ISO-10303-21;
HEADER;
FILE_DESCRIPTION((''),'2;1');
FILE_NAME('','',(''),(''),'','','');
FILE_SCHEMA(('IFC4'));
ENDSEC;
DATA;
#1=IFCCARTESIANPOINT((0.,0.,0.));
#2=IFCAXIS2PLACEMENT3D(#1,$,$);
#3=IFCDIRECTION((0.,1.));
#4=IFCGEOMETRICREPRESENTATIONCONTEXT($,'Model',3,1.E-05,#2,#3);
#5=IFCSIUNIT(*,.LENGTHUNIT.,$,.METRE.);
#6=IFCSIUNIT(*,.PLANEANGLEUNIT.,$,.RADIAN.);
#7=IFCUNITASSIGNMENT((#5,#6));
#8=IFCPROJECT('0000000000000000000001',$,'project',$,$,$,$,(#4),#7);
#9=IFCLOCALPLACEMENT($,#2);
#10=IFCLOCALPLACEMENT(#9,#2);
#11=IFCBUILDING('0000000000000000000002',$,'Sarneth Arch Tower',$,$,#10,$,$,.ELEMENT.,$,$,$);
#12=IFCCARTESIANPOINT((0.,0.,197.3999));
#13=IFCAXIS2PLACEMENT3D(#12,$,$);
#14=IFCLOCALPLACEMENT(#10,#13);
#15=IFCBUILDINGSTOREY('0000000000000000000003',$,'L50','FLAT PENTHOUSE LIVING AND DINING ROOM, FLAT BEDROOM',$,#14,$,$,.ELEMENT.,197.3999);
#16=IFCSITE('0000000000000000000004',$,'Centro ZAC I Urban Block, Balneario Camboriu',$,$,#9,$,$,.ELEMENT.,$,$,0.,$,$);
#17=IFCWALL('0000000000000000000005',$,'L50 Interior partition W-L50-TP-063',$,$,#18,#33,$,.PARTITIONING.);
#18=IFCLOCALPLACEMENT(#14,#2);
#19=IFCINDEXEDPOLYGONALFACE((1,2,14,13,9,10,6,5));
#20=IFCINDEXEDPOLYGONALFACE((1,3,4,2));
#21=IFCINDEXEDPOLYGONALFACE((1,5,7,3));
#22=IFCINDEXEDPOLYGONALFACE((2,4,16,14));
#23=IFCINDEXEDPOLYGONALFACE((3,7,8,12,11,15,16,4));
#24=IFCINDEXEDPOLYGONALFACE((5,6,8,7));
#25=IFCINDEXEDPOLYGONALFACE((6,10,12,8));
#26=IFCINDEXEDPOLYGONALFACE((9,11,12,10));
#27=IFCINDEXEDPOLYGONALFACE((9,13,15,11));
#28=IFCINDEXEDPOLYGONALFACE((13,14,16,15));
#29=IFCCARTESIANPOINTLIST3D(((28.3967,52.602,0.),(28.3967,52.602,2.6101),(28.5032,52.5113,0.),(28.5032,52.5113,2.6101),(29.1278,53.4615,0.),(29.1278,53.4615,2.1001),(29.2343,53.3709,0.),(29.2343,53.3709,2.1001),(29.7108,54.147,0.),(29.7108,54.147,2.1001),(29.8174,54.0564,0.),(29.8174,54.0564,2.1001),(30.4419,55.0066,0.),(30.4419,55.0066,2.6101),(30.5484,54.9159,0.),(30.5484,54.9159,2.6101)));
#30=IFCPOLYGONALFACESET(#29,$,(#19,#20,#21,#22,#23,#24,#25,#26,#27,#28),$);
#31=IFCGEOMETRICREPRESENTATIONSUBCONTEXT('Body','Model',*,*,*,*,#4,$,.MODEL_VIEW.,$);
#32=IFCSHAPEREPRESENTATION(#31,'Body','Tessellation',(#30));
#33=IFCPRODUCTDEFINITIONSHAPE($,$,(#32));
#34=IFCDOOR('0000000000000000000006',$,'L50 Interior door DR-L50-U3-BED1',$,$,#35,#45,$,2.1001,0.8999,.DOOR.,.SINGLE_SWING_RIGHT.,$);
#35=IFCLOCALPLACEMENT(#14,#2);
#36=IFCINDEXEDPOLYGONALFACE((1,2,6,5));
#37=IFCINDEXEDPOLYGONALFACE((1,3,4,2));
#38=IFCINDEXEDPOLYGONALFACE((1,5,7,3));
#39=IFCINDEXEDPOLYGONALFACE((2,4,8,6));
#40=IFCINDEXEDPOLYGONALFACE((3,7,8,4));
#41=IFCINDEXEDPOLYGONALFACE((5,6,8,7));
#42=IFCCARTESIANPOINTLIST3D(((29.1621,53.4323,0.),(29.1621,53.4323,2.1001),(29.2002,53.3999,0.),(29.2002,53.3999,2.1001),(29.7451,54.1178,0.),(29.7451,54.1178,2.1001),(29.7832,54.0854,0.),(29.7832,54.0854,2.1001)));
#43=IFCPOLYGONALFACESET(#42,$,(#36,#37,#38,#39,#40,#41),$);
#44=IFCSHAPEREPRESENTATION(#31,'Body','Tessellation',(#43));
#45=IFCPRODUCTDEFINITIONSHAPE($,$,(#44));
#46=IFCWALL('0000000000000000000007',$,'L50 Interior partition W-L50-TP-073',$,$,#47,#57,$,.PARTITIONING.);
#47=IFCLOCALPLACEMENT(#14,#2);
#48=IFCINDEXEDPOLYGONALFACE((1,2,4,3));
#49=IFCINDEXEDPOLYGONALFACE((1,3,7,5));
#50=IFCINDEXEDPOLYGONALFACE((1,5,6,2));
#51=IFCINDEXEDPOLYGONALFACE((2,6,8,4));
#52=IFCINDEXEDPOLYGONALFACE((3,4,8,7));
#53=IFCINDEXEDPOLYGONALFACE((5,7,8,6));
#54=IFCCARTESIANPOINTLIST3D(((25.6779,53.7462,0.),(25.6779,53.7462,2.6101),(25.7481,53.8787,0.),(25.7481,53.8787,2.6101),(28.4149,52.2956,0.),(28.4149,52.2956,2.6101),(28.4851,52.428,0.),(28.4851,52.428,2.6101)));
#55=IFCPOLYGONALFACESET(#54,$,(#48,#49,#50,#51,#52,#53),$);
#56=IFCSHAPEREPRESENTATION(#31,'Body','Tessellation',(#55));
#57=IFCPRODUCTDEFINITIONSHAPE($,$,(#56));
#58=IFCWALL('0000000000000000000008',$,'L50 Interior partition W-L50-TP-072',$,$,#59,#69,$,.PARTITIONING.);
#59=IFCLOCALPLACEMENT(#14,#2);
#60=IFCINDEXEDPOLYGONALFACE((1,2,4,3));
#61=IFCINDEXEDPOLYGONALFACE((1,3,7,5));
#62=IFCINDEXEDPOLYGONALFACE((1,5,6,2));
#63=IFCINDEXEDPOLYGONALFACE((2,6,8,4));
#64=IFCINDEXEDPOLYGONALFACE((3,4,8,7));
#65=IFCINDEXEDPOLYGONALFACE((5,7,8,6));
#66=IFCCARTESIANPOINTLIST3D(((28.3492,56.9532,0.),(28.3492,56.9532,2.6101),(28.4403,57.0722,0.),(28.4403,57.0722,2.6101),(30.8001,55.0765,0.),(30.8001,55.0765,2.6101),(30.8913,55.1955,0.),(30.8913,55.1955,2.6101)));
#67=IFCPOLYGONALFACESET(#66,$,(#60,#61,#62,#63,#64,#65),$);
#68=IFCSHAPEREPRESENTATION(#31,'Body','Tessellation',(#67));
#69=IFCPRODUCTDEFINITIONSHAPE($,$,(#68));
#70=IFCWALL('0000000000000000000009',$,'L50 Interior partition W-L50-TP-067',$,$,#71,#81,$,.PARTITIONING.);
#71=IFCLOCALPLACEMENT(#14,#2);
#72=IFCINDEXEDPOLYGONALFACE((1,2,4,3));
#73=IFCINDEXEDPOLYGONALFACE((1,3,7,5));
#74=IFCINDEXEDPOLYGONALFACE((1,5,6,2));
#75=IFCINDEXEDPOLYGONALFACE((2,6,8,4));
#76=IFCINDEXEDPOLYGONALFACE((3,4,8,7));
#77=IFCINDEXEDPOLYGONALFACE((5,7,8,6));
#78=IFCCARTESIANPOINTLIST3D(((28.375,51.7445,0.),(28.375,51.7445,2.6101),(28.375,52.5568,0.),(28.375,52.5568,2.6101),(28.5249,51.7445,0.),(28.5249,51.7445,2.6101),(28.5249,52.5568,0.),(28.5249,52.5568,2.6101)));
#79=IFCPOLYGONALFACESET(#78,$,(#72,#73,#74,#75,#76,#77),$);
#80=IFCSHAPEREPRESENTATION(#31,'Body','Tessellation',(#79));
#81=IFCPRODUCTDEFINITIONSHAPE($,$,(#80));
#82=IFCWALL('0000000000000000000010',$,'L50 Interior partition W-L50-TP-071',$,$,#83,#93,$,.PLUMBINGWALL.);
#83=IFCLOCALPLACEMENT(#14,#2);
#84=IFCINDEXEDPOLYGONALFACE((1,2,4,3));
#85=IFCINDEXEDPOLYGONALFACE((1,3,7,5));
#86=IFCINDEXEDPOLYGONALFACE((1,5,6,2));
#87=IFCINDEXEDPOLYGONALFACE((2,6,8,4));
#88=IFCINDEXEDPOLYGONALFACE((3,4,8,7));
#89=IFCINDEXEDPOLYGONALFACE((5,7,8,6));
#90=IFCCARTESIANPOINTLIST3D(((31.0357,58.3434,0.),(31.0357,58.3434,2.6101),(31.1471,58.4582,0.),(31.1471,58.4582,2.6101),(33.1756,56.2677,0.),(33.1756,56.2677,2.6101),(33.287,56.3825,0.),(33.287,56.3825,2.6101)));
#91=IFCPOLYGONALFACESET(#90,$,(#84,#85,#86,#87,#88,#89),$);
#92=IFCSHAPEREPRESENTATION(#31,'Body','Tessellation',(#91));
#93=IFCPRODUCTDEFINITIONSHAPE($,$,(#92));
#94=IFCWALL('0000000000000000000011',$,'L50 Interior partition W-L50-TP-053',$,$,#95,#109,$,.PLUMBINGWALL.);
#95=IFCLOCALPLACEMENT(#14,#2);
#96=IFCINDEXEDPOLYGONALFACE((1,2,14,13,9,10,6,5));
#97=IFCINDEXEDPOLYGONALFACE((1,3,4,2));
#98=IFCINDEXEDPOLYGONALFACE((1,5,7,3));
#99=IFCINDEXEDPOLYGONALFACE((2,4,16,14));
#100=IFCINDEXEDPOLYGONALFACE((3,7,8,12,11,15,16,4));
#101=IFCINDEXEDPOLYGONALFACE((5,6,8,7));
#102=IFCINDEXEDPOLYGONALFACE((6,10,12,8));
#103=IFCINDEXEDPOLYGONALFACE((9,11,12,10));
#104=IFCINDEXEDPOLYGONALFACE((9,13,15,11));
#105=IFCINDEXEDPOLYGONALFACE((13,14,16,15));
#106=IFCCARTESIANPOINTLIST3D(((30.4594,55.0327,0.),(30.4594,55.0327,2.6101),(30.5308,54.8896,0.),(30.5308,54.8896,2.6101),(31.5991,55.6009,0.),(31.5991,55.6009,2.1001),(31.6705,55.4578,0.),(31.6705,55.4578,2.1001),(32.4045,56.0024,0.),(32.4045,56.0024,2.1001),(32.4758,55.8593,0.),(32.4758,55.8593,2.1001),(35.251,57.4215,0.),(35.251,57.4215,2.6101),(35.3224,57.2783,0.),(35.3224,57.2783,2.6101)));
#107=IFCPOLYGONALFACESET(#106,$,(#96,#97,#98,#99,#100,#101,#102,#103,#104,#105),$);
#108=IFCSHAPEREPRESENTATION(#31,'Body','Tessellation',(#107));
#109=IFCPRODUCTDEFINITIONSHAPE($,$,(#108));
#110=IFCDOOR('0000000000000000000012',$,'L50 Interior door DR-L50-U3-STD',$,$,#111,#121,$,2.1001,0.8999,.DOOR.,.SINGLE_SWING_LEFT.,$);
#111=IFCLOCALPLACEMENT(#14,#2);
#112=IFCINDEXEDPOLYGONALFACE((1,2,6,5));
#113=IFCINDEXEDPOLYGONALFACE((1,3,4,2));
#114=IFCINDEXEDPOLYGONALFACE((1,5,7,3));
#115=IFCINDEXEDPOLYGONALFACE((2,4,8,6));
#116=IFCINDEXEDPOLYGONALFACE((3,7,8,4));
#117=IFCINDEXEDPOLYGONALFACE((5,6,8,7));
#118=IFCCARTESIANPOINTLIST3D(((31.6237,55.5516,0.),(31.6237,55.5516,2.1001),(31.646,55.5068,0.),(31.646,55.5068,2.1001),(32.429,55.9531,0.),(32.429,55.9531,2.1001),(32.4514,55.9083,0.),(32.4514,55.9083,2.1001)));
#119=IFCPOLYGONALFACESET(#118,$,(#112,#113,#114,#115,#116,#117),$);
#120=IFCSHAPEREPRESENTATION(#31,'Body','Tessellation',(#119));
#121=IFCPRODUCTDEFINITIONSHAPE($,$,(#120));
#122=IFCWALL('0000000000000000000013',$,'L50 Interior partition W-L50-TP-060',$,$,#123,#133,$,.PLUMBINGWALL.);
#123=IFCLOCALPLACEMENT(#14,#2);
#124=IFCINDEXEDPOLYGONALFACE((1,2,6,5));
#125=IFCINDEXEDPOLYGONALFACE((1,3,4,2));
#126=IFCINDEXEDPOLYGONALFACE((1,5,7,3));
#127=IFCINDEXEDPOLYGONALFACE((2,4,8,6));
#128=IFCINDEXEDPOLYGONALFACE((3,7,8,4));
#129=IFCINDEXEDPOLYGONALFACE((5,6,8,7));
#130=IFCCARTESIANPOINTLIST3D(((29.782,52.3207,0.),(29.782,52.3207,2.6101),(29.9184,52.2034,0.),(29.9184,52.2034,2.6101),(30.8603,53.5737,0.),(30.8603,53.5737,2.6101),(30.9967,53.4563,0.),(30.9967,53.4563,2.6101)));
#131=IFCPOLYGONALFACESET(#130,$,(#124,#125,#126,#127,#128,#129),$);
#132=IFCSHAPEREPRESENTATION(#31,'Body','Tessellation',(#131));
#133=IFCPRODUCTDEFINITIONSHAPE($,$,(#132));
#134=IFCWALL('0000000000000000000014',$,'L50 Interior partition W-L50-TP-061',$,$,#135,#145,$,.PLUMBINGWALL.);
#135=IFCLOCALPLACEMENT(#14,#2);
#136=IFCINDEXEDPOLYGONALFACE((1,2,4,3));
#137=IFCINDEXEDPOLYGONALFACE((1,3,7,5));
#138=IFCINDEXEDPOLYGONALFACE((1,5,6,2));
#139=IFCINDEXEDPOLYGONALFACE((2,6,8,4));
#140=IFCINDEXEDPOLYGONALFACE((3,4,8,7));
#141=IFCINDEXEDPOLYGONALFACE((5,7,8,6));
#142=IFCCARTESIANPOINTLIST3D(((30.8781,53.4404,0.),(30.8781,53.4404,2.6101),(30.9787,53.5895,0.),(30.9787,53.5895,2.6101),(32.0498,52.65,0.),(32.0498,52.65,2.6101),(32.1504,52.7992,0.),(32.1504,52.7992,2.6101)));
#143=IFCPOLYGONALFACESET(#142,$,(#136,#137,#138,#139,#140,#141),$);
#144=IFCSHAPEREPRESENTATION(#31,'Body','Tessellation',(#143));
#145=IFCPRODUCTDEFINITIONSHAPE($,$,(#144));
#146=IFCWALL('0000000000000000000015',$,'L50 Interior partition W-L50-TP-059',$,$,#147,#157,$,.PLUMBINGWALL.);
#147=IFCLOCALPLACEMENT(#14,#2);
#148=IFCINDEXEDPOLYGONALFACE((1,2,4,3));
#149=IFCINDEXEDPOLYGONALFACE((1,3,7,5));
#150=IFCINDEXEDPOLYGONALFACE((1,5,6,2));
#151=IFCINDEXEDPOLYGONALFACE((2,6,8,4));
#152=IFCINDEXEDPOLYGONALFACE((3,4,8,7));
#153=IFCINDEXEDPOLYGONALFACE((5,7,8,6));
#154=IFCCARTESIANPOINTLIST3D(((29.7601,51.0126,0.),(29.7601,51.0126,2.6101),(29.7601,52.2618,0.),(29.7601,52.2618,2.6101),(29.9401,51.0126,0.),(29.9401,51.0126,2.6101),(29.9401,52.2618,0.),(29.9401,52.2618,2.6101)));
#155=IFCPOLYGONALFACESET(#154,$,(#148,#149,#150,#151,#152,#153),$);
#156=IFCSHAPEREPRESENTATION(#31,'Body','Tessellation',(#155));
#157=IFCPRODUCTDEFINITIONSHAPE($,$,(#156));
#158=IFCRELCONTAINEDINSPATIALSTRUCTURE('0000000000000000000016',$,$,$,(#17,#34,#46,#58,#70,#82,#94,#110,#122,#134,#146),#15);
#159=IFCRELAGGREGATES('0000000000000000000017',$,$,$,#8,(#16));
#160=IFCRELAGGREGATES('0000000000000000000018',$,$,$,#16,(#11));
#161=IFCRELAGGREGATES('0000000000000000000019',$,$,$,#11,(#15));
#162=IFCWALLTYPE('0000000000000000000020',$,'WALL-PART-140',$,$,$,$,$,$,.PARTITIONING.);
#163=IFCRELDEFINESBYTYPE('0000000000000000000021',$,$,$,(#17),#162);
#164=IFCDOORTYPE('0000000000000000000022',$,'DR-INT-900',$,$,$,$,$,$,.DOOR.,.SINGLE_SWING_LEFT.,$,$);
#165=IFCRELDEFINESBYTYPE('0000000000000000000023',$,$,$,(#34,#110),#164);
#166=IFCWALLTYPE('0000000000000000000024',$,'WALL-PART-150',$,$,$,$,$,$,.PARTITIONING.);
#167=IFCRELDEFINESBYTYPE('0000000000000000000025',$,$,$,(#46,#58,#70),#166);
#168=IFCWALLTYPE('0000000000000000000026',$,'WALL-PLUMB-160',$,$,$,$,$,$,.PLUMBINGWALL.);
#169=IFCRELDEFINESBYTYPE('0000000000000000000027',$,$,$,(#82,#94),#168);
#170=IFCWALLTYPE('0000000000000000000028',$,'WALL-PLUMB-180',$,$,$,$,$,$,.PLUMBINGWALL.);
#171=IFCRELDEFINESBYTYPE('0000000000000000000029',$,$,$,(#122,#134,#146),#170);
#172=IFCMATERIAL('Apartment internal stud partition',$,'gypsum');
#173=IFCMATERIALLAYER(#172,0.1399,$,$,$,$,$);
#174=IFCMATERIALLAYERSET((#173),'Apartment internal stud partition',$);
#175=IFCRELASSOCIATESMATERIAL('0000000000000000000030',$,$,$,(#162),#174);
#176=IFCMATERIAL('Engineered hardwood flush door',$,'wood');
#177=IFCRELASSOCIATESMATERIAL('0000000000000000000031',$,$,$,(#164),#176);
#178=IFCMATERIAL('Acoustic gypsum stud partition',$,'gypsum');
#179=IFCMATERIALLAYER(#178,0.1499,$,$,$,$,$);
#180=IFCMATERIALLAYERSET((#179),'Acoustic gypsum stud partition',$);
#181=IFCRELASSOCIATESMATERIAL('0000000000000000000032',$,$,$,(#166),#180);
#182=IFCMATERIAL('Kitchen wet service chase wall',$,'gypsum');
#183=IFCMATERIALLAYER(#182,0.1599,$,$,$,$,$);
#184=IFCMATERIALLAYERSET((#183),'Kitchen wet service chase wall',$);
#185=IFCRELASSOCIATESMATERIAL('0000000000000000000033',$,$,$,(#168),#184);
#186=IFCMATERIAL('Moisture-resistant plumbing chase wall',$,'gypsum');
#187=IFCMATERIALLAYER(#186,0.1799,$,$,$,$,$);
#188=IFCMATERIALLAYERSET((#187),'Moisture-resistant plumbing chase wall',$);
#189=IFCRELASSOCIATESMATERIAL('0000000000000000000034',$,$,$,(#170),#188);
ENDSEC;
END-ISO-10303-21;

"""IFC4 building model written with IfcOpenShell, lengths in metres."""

from ifc_helpers import new_model, si_unit, direction, frame, frame_2d, origin, place, context, subcontext, project, spatial, rectangle, extrude, material, layer, layer_set, type_object, element, fill, save


model = new_model("IFC4")

# Units and contexts
model_context = context("Model", 3, precision=1e-05, world=origin(), true_north=direction((0.0, 1.0)))
body_context = subcontext(model_context, "Body", "Model", "MODEL_VIEW")
ifc_project = project(units=[si_unit("LENGTHUNIT", "METRE"), si_unit("PLANEANGLEUNIT", "RADIAN")], contexts=[model_context])

# Site, building, storey
site_placement = place(None, origin())
site = spatial("IfcSite", under=ifc_project, at=site_placement, Name="Centro ZAC I Urban Block, Balneario Camboriu", CompositionType="ELEMENT", RefElevation=0.0)
building_placement = place(site_placement, origin())
building = spatial("IfcBuilding", under=site, at=building_placement, Name="Sarneth Arch Tower", CompositionType="ELEMENT")
storey_placement = place(building_placement, frame((0.0, 0.0, 197.3999)))
storey = spatial("IfcBuildingStorey", under=building, at=storey_placement, Name="L50", Description="FLAT PENTHOUSE LIVING AND DINING ROOM, FLAT BEDROOM", CompositionType="ELEMENT", Elevation=197.3999)

# Wall, opening, door
ifc_material_1 = material(Name="Apartment internal stud partition", Category="gypsum")
ifc_layer_1 = layer(ifc_material_1, 0.1399)
ifc_layer_set_1 = layer_set([ifc_layer_1], Name="Apartment internal stud partition")
wall_type_1 = type_object("IfcWallType", Name="WALL-PART-140", PredefinedType="PARTITIONING", material=ifc_layer_set_1)
wall_1_placement = place(storey_placement, frame((28.45, 52.5566, 0.0), z_axis=(0.0, 0.0, 1.0), x_axis=(0.647889, 0.761735, 0.0)))
wall_1 = element("IfcWall", 1, at=wall_1_placement, inside=storey, type_object=wall_type_1, Name="L50 Interior partition W-L50-TP-063", PredefinedType="PARTITIONING", context=body_context, shape_type="SweptSolid", body=[
    extrude(rectangle(XDim=3.1567, YDim=0.1399, at=frame_2d((1.5784, 0.0))), origin(), (0.0, 0.0, 1.0), 2.6101),
])
opening_1_placement = place(wall_1_placement, frame((1.1284, 0.0, 0.0)))
opening_1 = element("IfcOpeningElement", 2, at=opening_1_placement, cuts=wall_1, PredefinedType="OPENING", context=body_context, shape_type="SweptSolid", body=[
    extrude(rectangle(XDim=0.8999, YDim=2.1001, at=frame_2d((0.45, 1.05))), frame((0.0, 0.0798, 0.0), z_axis=(0.0, -1.0, 0.0), x_axis=(1.0, 0.0, 0.0)), (0.0, 0.0, 1.0), 0.1599),
])
ifc_material_2 = material(Name="Engineered hardwood flush door", Category="wood")
door_type_1 = type_object("IfcDoorType", Name="DR-INT-900", OperationType="SINGLE_SWING_LEFT", PredefinedType="DOOR", material=ifc_material_2)
door_1_placement = place(opening_1_placement, origin())
door_1 = element("IfcDoor", 3, at=door_1_placement, inside=storey, type_object=door_type_1, Name="L50 Interior door DR-L50-U3-BED1", OperationType="SINGLE_SWING_RIGHT", OverallHeight=2.1001, OverallWidth=0.8999, PredefinedType="DOOR", context=body_context, shape_type="SweptSolid", body=[
    extrude(rectangle(XDim=0.8999, YDim=2.1001, at=frame_2d((0.45, 1.05))), frame((0.0, 0.0249, 0.0), z_axis=(0.0, -1.0, 0.0), x_axis=(1.0, 0.0, 0.0)), (0.0, 0.0, 1.0), 0.05),
])
fill(opening_1, door_1)

# Walls
ifc_material_3 = material(Name="Acoustic gypsum stud partition", Category="gypsum")
ifc_layer_2 = layer(ifc_material_3, 0.1499)
ifc_layer_set_2 = layer_set([ifc_layer_2], Name="Acoustic gypsum stud partition")
wall_type_2 = type_object("IfcWallType", Name="WALL-PART-150", PredefinedType="PARTITIONING", material=ifc_layer_set_2)
wall_2_placement = place(storey_placement, frame((28.45, 52.3618, 0.0), z_axis=(0.0, 0.0, 1.0), x_axis=(-0.883567, 0.468304, 0.0)))
element("IfcWall", 4, at=wall_2_placement, inside=storey, type_object=wall_type_2, Name="L50 Interior partition W-L50-TP-073", PredefinedType="PARTITIONING", context=body_context, shape_type="SweptSolid", body=[
    extrude(rectangle(XDim=3.0977, YDim=0.1499, at=frame_2d((1.5488, 0.0))), origin(), (0.0, 0.0, 1.0), 2.6101),
])
wall_3_placement = place(storey_placement, frame((30.8457, 55.136, 0.0), z_axis=(0.0, 0.0, 1.0), x_axis=(-0.793972, 0.607955, 0.0)))
element("IfcWall", 5, at=wall_3_placement, inside=storey, type_object=wall_type_2, Name="L50 Interior partition W-L50-TP-072", PredefinedType="PARTITIONING", context=body_context, shape_type="SweptSolid", body=[
    extrude(rectangle(XDim=3.0869, YDim=0.1499, at=frame_2d((1.5435, 0.0))), origin(), (0.0, 0.0, 1.0), 2.6101),
])
wall_4_placement = place(storey_placement, frame((28.45, 51.7444, 0.0), z_axis=(0.0, 0.0, 1.0), x_axis=(0.0, 1.0, 0.0)))
element("IfcWall", 6, at=wall_4_placement, inside=storey, type_object=wall_type_2, Name="L50 Interior partition W-L50-TP-067", PredefinedType="PARTITIONING", context=body_context, shape_type="SweptSolid", body=[
    extrude(rectangle(XDim=0.8123, YDim=0.1499, at=frame_2d((0.4062, 0.0))), origin(), (0.0, 0.0, 1.0), 2.6101),
])
ifc_material_4 = material(Name="Kitchen wet service chase wall", Category="gypsum")
ifc_layer_3 = layer(ifc_material_4, 0.1599)
ifc_layer_set_3 = layer_set([ifc_layer_3], Name="Kitchen wet service chase wall")
wall_type_3 = type_object("IfcWallType", Name="WALL-PLUMB-160", PredefinedType="PLUMBINGWALL", material=ifc_layer_set_3)
wall_5_placement = place(storey_placement, frame((31.0913, 58.4009, 0.0), z_axis=(0.0, 0.0, 1.0), x_axis=(0.717794, -0.696256, 0.0)))
element("IfcWall", 7, at=wall_5_placement, inside=storey, type_object=wall_type_3, Name="L50 Interior partition W-L50-TP-071", PredefinedType="PLUMBINGWALL", context=body_context, shape_type="SweptSolid", body=[
    extrude(rectangle(XDim=2.9812, YDim=0.1599, at=frame_2d((1.4907, 0.0))), origin(), (0.0, 0.0, 1.0), 2.6101),
])

# Wall, opening, door
wall_6_placement = place(storey_placement, frame((30.4951, 54.9612, 0.0), z_axis=(0.0, 0.0, 1.0), x_axis=(0.894956, 0.446155, 0.0)))
wall_6 = element("IfcWall", 8, at=wall_6_placement, inside=storey, type_object=wall_type_3, Name="L50 Interior partition W-L50-TP-053", PredefinedType="PLUMBINGWALL", context=body_context, shape_type="SweptSolid", body=[
    extrude(rectangle(XDim=5.354, YDim=0.1599, at=frame_2d((2.677, 0.0))), origin(), (0.0, 0.0, 1.0), 2.6101),
])
opening_2_placement = place(wall_6_placement, frame((1.2734, 0.0, 0.0)))
opening_2 = element("IfcOpeningElement", 9, at=opening_2_placement, cuts=wall_6, PredefinedType="OPENING", context=body_context, shape_type="SweptSolid", body=[
    extrude(rectangle(XDim=0.8999, YDim=2.1001, at=frame_2d((0.45, 1.05))), frame((0.0, 0.0898, 0.0), z_axis=(0.0, -1.0, 0.0), x_axis=(1.0, 0.0, 0.0)), (0.0, 0.0, 1.0), 0.1799),
])
door_2_placement = place(opening_2_placement, origin())
door_2 = element("IfcDoor", 10, at=door_2_placement, inside=storey, type_object=door_type_1, Name="L50 Interior door DR-L50-U3-STD", OperationType="SINGLE_SWING_LEFT", OverallHeight=2.1001, OverallWidth=0.8999, PredefinedType="DOOR", context=body_context, shape_type="SweptSolid", body=[
    extrude(rectangle(XDim=0.8999, YDim=2.1001, at=frame_2d((0.45, 1.05))), frame((0.0, 0.0249, 0.0), z_axis=(0.0, -1.0, 0.0), x_axis=(1.0, 0.0, 0.0)), (0.0, 0.0, 1.0), 0.05),
])
fill(opening_2, door_2)

# Walls
ifc_material_5 = material(Name="Moisture-resistant plumbing chase wall", Category="gypsum")
ifc_layer_4 = layer(ifc_material_5, 0.1799)
ifc_layer_set_4 = layer_set([ifc_layer_4], Name="Moisture-resistant plumbing chase wall")
wall_type_4 = type_object("IfcWallType", Name="WALL-PLUMB-180", PredefinedType="PLUMBINGWALL", material=ifc_layer_set_4)
wall_7_placement = place(storey_placement, frame((29.8501, 52.262, 0.0), z_axis=(0.0, 0.0, 1.0), x_axis=(0.652335, 0.757931, 0.0)))
element("IfcWall", 11, at=wall_7_placement, inside=storey, type_object=wall_type_4, Name="L50 Interior partition W-L50-TP-060", PredefinedType="PLUMBINGWALL", context=body_context, shape_type="SweptSolid", body=[
    extrude(rectangle(XDim=1.6531, YDim=0.1799, at=frame_2d((0.8267, 0.0))), origin(), (0.0, 0.0, 1.0), 2.6101),
])
wall_8_placement = place(storey_placement, frame((30.9285, 53.5149, 0.0), z_axis=(0.0, 0.0, 1.0), x_axis=(0.829035, -0.559197, 0.0)))
element("IfcWall", 12, at=wall_8_placement, inside=storey, type_object=wall_type_4, Name="L50 Interior partition W-L50-TP-061", PredefinedType="PLUMBINGWALL", context=body_context, shape_type="SweptSolid", body=[
    extrude(rectangle(XDim=1.4133, YDim=0.1799, at=frame_2d((0.7065, 0.0))), origin(), (0.0, 0.0, 1.0), 2.6101),
])
wall_9_placement = place(storey_placement, frame((29.8501, 51.0127, 0.0), z_axis=(0.0, 0.0, 1.0), x_axis=(0.0, 1.0, 0.0)))
element("IfcWall", 13, at=wall_9_placement, inside=storey, type_object=wall_type_4, Name="L50 Interior partition W-L50-TP-059", PredefinedType="PLUMBINGWALL", context=body_context, shape_type="SweptSolid", body=[
    extrude(rectangle(XDim=1.2493, YDim=0.1799, at=frame_2d((0.6245, 0.0))), origin(), (0.0, 0.0, 1.0), 2.6101),
])

save(model, "model.ifc")
